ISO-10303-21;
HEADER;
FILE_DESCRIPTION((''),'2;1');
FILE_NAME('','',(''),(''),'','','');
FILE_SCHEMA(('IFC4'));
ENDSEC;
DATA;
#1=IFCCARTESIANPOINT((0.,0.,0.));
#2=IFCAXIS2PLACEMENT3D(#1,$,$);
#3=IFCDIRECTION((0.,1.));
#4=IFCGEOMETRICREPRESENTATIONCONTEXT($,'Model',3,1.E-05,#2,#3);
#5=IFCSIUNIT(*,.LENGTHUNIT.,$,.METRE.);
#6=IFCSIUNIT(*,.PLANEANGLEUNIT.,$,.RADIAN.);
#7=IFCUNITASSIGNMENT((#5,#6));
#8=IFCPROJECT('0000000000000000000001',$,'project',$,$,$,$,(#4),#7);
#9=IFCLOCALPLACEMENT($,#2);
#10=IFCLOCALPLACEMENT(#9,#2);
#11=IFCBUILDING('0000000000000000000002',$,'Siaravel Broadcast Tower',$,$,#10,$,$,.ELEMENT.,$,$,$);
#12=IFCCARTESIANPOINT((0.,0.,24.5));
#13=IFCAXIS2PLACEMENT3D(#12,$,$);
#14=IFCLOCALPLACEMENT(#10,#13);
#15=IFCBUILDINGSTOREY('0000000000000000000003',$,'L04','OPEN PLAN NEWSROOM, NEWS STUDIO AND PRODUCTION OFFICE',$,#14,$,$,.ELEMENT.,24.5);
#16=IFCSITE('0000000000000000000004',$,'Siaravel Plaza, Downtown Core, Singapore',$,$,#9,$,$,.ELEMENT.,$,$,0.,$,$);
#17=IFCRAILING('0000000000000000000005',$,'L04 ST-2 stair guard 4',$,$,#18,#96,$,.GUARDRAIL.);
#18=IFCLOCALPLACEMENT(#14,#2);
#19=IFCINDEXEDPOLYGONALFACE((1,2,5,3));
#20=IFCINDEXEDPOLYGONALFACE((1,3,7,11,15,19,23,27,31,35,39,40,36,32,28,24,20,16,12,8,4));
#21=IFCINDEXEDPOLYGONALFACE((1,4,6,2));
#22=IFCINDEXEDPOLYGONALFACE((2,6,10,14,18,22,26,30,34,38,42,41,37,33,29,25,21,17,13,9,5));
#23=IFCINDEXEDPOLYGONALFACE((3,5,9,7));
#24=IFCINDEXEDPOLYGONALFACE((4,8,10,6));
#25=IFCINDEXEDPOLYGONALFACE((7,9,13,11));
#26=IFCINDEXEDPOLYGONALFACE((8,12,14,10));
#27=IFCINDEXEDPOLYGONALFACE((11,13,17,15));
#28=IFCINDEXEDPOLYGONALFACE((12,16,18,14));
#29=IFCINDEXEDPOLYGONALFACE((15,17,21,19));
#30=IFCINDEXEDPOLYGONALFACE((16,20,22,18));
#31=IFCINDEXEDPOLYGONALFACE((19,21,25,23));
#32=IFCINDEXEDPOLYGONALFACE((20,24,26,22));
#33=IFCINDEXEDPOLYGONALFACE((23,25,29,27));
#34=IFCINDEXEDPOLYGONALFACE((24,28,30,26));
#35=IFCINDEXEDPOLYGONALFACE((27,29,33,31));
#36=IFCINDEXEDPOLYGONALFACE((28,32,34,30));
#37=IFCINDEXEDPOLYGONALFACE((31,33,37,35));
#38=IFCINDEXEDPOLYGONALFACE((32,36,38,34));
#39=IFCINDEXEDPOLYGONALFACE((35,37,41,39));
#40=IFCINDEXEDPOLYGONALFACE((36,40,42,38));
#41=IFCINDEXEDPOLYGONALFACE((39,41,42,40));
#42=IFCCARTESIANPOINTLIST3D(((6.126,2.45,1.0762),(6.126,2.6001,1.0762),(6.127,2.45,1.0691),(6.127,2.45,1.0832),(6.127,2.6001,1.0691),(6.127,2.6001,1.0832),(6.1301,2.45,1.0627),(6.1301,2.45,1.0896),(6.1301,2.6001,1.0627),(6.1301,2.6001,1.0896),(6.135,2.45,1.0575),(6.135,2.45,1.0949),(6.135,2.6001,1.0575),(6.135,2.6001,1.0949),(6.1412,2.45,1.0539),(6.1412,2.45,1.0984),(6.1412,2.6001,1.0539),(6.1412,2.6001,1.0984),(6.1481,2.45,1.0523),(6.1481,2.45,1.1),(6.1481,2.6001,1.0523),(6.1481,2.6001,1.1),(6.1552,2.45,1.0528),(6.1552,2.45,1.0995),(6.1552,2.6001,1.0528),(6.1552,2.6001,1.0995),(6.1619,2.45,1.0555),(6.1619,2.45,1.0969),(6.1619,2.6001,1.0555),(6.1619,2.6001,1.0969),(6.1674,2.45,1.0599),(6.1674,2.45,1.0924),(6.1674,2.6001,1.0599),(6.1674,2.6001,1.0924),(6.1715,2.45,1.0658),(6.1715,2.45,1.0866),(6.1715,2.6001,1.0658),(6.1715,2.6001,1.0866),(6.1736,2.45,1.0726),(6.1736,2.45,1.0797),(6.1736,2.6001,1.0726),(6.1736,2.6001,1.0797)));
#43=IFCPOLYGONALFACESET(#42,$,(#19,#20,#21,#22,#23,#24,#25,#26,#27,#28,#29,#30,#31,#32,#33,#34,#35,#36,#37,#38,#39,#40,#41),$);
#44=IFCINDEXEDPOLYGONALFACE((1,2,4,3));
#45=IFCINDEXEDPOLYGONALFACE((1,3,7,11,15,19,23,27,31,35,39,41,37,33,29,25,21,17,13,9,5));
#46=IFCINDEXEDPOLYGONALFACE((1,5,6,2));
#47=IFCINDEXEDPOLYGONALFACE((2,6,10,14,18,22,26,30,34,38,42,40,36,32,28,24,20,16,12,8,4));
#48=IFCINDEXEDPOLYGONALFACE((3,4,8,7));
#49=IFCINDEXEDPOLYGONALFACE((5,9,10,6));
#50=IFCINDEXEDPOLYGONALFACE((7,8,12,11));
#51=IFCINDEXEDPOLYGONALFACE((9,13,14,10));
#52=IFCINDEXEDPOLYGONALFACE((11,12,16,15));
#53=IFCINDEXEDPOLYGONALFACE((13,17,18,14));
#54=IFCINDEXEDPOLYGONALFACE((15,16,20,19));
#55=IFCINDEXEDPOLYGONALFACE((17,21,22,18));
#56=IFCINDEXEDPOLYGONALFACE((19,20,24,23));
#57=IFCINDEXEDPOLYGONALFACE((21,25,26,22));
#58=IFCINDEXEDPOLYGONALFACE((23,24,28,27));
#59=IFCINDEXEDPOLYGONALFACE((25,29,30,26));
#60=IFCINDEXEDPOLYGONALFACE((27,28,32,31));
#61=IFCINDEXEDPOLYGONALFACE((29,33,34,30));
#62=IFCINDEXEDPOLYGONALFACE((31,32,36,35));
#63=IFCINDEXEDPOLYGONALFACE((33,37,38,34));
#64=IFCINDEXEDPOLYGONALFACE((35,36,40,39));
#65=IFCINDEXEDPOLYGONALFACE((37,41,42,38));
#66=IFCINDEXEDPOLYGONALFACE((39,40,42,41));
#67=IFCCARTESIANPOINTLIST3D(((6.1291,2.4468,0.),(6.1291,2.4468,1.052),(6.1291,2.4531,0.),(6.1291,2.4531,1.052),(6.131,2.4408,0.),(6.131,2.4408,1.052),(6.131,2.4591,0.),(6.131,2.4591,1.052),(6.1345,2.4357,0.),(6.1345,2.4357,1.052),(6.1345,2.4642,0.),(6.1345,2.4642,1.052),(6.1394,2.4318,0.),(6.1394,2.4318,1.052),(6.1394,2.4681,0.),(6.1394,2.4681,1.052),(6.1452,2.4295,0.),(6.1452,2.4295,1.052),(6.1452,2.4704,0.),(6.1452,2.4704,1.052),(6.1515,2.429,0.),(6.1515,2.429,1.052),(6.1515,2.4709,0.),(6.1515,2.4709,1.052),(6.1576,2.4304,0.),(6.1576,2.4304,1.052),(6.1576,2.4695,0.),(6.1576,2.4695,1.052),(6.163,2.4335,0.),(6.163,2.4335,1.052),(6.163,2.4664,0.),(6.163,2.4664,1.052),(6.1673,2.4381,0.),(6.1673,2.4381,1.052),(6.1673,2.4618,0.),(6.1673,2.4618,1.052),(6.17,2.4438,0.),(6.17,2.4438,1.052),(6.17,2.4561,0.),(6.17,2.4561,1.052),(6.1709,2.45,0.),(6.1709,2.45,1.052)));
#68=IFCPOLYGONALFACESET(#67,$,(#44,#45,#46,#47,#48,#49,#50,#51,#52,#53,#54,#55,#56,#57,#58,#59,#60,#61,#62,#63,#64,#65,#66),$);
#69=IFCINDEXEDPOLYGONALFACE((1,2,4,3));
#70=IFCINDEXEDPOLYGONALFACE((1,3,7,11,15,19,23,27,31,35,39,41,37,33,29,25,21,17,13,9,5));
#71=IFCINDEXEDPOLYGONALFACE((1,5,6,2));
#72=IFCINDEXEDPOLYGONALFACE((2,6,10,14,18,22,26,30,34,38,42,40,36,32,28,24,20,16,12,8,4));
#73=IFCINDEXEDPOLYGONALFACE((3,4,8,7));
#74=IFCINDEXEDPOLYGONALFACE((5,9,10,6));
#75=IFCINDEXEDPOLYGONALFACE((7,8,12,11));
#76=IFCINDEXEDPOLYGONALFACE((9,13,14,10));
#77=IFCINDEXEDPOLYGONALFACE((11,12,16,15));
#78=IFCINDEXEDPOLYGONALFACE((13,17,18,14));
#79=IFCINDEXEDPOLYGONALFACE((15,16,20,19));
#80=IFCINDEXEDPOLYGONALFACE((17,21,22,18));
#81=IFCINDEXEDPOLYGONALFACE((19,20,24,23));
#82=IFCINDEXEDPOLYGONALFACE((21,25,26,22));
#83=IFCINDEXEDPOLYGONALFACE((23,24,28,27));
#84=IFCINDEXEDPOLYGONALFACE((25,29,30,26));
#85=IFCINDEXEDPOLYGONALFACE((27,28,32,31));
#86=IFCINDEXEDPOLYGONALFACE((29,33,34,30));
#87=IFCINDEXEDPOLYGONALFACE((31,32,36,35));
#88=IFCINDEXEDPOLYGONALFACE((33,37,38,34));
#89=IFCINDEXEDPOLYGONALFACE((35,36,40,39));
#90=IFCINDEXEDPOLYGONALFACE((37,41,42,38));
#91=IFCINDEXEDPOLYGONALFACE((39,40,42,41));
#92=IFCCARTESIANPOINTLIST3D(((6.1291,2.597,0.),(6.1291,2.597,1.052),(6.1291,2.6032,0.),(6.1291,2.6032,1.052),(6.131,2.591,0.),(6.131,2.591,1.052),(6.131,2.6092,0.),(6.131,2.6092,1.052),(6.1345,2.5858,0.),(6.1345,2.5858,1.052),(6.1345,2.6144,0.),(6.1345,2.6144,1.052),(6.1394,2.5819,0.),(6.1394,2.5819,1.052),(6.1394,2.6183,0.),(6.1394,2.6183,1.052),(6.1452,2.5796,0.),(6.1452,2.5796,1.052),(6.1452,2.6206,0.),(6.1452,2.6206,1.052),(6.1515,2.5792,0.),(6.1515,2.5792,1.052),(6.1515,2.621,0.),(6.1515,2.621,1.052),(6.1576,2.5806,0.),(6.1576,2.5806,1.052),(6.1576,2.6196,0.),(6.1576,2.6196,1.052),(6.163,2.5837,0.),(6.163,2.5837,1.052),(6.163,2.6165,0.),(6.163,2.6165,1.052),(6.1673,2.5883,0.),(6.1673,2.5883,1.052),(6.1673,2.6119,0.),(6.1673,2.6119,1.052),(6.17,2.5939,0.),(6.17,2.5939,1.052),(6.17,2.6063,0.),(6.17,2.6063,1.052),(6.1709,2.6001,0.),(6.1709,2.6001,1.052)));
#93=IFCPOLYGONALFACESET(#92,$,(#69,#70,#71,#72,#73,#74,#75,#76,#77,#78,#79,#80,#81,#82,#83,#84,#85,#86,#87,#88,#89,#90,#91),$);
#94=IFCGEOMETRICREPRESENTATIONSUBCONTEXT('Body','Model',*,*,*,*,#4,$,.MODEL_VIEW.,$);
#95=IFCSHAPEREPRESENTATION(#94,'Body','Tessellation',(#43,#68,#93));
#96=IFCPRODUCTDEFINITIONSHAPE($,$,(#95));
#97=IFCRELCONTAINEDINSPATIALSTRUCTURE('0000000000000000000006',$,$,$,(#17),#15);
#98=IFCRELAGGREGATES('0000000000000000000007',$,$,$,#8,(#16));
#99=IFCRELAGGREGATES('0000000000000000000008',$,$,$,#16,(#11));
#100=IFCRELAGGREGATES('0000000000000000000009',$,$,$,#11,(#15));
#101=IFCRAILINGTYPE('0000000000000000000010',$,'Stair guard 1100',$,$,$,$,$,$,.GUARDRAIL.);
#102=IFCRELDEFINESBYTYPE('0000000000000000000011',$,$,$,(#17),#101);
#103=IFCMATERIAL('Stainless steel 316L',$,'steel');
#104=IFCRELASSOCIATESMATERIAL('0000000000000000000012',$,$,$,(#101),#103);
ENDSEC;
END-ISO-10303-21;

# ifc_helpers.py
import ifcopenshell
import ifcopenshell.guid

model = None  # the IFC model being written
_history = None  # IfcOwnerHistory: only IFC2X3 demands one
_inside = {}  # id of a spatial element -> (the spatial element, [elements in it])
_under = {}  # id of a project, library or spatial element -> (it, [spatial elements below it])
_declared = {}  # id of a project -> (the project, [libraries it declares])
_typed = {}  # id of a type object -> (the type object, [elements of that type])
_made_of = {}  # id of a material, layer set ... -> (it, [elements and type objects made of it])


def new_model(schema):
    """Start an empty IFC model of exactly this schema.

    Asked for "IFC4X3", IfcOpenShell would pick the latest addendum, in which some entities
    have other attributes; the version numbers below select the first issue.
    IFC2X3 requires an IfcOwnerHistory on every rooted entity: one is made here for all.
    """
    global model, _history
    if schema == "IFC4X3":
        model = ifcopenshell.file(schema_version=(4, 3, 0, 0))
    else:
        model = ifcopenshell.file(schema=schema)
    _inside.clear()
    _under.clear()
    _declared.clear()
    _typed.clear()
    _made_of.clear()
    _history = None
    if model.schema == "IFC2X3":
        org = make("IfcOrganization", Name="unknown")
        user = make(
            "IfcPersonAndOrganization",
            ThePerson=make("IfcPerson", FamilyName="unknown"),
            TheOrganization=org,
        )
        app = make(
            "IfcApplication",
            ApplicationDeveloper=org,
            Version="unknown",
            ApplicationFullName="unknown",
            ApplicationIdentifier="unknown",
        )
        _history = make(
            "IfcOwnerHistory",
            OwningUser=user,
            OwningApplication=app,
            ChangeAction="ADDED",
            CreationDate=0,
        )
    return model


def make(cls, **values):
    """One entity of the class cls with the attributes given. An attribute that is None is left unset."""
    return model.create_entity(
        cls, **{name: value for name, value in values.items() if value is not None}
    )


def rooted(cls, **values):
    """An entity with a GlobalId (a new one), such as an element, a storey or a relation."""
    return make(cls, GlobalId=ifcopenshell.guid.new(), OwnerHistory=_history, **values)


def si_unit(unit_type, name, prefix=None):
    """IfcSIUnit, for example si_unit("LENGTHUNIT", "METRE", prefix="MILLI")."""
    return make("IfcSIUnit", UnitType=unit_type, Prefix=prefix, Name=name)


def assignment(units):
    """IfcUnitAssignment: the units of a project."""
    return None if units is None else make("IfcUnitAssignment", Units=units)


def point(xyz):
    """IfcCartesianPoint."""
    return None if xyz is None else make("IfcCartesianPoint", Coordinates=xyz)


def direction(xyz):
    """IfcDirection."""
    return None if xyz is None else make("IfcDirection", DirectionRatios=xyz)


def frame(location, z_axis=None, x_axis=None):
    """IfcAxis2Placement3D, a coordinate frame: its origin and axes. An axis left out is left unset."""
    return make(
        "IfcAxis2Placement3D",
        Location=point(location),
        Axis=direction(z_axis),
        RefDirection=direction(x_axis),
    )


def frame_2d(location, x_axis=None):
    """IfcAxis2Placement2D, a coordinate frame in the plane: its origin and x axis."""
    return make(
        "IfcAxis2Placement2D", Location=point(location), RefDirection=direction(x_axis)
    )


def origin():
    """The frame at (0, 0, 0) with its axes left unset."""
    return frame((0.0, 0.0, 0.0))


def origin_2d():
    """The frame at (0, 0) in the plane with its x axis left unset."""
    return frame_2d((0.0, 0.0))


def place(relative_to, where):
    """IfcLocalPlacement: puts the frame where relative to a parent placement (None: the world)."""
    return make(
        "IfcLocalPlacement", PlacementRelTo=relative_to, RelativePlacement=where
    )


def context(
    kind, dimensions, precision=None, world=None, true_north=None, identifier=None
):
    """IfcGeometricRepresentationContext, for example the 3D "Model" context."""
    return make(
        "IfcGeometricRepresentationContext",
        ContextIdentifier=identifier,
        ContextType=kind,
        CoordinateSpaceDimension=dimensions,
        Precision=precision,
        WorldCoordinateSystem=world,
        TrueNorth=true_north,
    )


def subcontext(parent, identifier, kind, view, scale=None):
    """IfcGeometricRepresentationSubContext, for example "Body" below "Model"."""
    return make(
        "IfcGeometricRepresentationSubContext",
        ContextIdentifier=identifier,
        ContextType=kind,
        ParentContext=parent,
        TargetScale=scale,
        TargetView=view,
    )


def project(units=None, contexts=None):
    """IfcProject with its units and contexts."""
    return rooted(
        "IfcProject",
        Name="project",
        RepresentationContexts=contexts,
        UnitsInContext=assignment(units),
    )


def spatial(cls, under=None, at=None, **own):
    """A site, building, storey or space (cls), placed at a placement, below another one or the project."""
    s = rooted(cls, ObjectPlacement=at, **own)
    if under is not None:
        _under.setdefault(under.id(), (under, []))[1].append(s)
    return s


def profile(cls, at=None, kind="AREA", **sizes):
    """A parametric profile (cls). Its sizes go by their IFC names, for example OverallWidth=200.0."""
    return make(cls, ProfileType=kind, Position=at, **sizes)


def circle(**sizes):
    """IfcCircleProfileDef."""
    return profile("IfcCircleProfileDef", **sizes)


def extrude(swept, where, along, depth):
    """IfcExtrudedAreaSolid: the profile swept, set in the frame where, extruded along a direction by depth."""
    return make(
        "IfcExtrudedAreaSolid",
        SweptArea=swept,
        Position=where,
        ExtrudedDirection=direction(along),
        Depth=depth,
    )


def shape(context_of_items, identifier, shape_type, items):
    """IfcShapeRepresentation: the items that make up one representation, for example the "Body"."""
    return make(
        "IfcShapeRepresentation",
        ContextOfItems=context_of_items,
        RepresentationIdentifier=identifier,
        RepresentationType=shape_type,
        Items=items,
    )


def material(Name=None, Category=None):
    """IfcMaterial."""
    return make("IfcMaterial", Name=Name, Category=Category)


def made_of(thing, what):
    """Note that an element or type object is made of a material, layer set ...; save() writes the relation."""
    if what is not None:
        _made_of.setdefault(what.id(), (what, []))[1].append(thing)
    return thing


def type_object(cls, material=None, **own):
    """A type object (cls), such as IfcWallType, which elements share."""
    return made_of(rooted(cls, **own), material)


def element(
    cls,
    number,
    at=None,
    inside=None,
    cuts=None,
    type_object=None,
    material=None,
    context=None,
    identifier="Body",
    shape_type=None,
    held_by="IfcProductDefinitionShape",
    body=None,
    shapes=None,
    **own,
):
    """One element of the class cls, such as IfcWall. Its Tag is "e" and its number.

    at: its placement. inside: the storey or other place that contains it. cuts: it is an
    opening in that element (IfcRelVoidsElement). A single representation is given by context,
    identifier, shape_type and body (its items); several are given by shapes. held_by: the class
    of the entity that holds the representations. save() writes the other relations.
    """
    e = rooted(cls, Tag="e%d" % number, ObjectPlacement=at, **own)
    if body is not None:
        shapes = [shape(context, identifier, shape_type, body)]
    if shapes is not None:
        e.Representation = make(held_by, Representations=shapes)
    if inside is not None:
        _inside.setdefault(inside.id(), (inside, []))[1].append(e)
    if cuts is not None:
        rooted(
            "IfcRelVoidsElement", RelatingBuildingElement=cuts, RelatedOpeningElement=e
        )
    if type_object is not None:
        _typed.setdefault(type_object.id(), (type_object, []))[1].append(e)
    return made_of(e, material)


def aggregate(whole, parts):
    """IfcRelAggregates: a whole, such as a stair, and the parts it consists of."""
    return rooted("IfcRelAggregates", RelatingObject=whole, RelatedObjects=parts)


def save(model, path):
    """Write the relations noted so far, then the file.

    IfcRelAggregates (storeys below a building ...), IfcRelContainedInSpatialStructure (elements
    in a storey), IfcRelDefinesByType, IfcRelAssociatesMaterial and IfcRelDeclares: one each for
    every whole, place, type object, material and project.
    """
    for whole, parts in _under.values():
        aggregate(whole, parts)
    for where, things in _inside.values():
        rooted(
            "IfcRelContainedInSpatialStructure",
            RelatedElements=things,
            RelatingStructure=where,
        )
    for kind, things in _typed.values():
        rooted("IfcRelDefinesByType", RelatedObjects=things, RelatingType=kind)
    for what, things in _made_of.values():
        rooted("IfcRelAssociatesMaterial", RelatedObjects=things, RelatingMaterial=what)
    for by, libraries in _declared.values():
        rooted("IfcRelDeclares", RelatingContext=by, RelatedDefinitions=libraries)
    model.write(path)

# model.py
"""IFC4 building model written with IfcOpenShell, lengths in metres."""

from ifc_helpers import new_model, si_unit, direction, frame, origin, origin_2d, place, context, subcontext, project, spatial, circle, extrude, material, type_object, element, save


model = new_model("IFC4")

# Units and contexts
model_context = context("Model", 3, precision=1e-05, world=origin(), true_north=direction((0.0, 1.0)))
body_context = subcontext(model_context, "Body", "Model", "MODEL_VIEW")
ifc_project = project(units=[si_unit("LENGTHUNIT", "METRE"), si_unit("PLANEANGLEUNIT", "RADIAN")], contexts=[model_context])

# Site, building, storey
site_placement = place(None, origin())
site = spatial("IfcSite", under=ifc_project, at=site_placement, Name="Siaravel Plaza, Downtown Core, Singapore", CompositionType="ELEMENT", RefElevation=0.0)
building_placement = place(site_placement, origin())
building = spatial("IfcBuilding", under=site, at=building_placement, Name="Siaravel Broadcast Tower", CompositionType="ELEMENT")
storey_placement = place(building_placement, frame((0.0, 0.0, 24.5)))
storey = spatial("IfcBuildingStorey", under=building, at=storey_placement, Name="L04", Description="OPEN PLAN NEWSROOM, NEWS STUDIO AND PRODUCTION OFFICE", CompositionType="ELEMENT", Elevation=24.5)

# Railing
ifc_material_1 = material(Name="Stainless steel 316L", Category="steel")
railing_type_1 = type_object("IfcRailingType", Name="Stair guard 1100", PredefinedType="GUARDRAIL", material=ifc_material_1)
railing_1_placement = place(storey_placement, frame((6.1499, 2.45, 0.0)))
element("IfcRailing", 1, at=railing_1_placement, inside=storey, type_object=railing_type_1, Name="L04 ST-2 stair guard 4", PredefinedType="GUARDRAIL", context=body_context, shape_type="SweptSolid", body=[
    extrude(circle(Radius=0.0239, at=origin_2d()), frame((0.0, 0.0, 1.0762), z_axis=(0.0, 1.0, 0.0), x_axis=(-1.0, 0.0, 0.0)), (0.0, 0.0, 1.0), 0.1501),
    extrude(circle(Radius=0.021, at=origin_2d()), origin(), (0.0, 0.0, 1.0), 1.052),
    extrude(circle(Radius=0.021, at=origin_2d()), frame((0.0, 0.1501, 0.0)), (0.0, 0.0, 1.0), 1.052),
])

save(model, "model.ifc")
